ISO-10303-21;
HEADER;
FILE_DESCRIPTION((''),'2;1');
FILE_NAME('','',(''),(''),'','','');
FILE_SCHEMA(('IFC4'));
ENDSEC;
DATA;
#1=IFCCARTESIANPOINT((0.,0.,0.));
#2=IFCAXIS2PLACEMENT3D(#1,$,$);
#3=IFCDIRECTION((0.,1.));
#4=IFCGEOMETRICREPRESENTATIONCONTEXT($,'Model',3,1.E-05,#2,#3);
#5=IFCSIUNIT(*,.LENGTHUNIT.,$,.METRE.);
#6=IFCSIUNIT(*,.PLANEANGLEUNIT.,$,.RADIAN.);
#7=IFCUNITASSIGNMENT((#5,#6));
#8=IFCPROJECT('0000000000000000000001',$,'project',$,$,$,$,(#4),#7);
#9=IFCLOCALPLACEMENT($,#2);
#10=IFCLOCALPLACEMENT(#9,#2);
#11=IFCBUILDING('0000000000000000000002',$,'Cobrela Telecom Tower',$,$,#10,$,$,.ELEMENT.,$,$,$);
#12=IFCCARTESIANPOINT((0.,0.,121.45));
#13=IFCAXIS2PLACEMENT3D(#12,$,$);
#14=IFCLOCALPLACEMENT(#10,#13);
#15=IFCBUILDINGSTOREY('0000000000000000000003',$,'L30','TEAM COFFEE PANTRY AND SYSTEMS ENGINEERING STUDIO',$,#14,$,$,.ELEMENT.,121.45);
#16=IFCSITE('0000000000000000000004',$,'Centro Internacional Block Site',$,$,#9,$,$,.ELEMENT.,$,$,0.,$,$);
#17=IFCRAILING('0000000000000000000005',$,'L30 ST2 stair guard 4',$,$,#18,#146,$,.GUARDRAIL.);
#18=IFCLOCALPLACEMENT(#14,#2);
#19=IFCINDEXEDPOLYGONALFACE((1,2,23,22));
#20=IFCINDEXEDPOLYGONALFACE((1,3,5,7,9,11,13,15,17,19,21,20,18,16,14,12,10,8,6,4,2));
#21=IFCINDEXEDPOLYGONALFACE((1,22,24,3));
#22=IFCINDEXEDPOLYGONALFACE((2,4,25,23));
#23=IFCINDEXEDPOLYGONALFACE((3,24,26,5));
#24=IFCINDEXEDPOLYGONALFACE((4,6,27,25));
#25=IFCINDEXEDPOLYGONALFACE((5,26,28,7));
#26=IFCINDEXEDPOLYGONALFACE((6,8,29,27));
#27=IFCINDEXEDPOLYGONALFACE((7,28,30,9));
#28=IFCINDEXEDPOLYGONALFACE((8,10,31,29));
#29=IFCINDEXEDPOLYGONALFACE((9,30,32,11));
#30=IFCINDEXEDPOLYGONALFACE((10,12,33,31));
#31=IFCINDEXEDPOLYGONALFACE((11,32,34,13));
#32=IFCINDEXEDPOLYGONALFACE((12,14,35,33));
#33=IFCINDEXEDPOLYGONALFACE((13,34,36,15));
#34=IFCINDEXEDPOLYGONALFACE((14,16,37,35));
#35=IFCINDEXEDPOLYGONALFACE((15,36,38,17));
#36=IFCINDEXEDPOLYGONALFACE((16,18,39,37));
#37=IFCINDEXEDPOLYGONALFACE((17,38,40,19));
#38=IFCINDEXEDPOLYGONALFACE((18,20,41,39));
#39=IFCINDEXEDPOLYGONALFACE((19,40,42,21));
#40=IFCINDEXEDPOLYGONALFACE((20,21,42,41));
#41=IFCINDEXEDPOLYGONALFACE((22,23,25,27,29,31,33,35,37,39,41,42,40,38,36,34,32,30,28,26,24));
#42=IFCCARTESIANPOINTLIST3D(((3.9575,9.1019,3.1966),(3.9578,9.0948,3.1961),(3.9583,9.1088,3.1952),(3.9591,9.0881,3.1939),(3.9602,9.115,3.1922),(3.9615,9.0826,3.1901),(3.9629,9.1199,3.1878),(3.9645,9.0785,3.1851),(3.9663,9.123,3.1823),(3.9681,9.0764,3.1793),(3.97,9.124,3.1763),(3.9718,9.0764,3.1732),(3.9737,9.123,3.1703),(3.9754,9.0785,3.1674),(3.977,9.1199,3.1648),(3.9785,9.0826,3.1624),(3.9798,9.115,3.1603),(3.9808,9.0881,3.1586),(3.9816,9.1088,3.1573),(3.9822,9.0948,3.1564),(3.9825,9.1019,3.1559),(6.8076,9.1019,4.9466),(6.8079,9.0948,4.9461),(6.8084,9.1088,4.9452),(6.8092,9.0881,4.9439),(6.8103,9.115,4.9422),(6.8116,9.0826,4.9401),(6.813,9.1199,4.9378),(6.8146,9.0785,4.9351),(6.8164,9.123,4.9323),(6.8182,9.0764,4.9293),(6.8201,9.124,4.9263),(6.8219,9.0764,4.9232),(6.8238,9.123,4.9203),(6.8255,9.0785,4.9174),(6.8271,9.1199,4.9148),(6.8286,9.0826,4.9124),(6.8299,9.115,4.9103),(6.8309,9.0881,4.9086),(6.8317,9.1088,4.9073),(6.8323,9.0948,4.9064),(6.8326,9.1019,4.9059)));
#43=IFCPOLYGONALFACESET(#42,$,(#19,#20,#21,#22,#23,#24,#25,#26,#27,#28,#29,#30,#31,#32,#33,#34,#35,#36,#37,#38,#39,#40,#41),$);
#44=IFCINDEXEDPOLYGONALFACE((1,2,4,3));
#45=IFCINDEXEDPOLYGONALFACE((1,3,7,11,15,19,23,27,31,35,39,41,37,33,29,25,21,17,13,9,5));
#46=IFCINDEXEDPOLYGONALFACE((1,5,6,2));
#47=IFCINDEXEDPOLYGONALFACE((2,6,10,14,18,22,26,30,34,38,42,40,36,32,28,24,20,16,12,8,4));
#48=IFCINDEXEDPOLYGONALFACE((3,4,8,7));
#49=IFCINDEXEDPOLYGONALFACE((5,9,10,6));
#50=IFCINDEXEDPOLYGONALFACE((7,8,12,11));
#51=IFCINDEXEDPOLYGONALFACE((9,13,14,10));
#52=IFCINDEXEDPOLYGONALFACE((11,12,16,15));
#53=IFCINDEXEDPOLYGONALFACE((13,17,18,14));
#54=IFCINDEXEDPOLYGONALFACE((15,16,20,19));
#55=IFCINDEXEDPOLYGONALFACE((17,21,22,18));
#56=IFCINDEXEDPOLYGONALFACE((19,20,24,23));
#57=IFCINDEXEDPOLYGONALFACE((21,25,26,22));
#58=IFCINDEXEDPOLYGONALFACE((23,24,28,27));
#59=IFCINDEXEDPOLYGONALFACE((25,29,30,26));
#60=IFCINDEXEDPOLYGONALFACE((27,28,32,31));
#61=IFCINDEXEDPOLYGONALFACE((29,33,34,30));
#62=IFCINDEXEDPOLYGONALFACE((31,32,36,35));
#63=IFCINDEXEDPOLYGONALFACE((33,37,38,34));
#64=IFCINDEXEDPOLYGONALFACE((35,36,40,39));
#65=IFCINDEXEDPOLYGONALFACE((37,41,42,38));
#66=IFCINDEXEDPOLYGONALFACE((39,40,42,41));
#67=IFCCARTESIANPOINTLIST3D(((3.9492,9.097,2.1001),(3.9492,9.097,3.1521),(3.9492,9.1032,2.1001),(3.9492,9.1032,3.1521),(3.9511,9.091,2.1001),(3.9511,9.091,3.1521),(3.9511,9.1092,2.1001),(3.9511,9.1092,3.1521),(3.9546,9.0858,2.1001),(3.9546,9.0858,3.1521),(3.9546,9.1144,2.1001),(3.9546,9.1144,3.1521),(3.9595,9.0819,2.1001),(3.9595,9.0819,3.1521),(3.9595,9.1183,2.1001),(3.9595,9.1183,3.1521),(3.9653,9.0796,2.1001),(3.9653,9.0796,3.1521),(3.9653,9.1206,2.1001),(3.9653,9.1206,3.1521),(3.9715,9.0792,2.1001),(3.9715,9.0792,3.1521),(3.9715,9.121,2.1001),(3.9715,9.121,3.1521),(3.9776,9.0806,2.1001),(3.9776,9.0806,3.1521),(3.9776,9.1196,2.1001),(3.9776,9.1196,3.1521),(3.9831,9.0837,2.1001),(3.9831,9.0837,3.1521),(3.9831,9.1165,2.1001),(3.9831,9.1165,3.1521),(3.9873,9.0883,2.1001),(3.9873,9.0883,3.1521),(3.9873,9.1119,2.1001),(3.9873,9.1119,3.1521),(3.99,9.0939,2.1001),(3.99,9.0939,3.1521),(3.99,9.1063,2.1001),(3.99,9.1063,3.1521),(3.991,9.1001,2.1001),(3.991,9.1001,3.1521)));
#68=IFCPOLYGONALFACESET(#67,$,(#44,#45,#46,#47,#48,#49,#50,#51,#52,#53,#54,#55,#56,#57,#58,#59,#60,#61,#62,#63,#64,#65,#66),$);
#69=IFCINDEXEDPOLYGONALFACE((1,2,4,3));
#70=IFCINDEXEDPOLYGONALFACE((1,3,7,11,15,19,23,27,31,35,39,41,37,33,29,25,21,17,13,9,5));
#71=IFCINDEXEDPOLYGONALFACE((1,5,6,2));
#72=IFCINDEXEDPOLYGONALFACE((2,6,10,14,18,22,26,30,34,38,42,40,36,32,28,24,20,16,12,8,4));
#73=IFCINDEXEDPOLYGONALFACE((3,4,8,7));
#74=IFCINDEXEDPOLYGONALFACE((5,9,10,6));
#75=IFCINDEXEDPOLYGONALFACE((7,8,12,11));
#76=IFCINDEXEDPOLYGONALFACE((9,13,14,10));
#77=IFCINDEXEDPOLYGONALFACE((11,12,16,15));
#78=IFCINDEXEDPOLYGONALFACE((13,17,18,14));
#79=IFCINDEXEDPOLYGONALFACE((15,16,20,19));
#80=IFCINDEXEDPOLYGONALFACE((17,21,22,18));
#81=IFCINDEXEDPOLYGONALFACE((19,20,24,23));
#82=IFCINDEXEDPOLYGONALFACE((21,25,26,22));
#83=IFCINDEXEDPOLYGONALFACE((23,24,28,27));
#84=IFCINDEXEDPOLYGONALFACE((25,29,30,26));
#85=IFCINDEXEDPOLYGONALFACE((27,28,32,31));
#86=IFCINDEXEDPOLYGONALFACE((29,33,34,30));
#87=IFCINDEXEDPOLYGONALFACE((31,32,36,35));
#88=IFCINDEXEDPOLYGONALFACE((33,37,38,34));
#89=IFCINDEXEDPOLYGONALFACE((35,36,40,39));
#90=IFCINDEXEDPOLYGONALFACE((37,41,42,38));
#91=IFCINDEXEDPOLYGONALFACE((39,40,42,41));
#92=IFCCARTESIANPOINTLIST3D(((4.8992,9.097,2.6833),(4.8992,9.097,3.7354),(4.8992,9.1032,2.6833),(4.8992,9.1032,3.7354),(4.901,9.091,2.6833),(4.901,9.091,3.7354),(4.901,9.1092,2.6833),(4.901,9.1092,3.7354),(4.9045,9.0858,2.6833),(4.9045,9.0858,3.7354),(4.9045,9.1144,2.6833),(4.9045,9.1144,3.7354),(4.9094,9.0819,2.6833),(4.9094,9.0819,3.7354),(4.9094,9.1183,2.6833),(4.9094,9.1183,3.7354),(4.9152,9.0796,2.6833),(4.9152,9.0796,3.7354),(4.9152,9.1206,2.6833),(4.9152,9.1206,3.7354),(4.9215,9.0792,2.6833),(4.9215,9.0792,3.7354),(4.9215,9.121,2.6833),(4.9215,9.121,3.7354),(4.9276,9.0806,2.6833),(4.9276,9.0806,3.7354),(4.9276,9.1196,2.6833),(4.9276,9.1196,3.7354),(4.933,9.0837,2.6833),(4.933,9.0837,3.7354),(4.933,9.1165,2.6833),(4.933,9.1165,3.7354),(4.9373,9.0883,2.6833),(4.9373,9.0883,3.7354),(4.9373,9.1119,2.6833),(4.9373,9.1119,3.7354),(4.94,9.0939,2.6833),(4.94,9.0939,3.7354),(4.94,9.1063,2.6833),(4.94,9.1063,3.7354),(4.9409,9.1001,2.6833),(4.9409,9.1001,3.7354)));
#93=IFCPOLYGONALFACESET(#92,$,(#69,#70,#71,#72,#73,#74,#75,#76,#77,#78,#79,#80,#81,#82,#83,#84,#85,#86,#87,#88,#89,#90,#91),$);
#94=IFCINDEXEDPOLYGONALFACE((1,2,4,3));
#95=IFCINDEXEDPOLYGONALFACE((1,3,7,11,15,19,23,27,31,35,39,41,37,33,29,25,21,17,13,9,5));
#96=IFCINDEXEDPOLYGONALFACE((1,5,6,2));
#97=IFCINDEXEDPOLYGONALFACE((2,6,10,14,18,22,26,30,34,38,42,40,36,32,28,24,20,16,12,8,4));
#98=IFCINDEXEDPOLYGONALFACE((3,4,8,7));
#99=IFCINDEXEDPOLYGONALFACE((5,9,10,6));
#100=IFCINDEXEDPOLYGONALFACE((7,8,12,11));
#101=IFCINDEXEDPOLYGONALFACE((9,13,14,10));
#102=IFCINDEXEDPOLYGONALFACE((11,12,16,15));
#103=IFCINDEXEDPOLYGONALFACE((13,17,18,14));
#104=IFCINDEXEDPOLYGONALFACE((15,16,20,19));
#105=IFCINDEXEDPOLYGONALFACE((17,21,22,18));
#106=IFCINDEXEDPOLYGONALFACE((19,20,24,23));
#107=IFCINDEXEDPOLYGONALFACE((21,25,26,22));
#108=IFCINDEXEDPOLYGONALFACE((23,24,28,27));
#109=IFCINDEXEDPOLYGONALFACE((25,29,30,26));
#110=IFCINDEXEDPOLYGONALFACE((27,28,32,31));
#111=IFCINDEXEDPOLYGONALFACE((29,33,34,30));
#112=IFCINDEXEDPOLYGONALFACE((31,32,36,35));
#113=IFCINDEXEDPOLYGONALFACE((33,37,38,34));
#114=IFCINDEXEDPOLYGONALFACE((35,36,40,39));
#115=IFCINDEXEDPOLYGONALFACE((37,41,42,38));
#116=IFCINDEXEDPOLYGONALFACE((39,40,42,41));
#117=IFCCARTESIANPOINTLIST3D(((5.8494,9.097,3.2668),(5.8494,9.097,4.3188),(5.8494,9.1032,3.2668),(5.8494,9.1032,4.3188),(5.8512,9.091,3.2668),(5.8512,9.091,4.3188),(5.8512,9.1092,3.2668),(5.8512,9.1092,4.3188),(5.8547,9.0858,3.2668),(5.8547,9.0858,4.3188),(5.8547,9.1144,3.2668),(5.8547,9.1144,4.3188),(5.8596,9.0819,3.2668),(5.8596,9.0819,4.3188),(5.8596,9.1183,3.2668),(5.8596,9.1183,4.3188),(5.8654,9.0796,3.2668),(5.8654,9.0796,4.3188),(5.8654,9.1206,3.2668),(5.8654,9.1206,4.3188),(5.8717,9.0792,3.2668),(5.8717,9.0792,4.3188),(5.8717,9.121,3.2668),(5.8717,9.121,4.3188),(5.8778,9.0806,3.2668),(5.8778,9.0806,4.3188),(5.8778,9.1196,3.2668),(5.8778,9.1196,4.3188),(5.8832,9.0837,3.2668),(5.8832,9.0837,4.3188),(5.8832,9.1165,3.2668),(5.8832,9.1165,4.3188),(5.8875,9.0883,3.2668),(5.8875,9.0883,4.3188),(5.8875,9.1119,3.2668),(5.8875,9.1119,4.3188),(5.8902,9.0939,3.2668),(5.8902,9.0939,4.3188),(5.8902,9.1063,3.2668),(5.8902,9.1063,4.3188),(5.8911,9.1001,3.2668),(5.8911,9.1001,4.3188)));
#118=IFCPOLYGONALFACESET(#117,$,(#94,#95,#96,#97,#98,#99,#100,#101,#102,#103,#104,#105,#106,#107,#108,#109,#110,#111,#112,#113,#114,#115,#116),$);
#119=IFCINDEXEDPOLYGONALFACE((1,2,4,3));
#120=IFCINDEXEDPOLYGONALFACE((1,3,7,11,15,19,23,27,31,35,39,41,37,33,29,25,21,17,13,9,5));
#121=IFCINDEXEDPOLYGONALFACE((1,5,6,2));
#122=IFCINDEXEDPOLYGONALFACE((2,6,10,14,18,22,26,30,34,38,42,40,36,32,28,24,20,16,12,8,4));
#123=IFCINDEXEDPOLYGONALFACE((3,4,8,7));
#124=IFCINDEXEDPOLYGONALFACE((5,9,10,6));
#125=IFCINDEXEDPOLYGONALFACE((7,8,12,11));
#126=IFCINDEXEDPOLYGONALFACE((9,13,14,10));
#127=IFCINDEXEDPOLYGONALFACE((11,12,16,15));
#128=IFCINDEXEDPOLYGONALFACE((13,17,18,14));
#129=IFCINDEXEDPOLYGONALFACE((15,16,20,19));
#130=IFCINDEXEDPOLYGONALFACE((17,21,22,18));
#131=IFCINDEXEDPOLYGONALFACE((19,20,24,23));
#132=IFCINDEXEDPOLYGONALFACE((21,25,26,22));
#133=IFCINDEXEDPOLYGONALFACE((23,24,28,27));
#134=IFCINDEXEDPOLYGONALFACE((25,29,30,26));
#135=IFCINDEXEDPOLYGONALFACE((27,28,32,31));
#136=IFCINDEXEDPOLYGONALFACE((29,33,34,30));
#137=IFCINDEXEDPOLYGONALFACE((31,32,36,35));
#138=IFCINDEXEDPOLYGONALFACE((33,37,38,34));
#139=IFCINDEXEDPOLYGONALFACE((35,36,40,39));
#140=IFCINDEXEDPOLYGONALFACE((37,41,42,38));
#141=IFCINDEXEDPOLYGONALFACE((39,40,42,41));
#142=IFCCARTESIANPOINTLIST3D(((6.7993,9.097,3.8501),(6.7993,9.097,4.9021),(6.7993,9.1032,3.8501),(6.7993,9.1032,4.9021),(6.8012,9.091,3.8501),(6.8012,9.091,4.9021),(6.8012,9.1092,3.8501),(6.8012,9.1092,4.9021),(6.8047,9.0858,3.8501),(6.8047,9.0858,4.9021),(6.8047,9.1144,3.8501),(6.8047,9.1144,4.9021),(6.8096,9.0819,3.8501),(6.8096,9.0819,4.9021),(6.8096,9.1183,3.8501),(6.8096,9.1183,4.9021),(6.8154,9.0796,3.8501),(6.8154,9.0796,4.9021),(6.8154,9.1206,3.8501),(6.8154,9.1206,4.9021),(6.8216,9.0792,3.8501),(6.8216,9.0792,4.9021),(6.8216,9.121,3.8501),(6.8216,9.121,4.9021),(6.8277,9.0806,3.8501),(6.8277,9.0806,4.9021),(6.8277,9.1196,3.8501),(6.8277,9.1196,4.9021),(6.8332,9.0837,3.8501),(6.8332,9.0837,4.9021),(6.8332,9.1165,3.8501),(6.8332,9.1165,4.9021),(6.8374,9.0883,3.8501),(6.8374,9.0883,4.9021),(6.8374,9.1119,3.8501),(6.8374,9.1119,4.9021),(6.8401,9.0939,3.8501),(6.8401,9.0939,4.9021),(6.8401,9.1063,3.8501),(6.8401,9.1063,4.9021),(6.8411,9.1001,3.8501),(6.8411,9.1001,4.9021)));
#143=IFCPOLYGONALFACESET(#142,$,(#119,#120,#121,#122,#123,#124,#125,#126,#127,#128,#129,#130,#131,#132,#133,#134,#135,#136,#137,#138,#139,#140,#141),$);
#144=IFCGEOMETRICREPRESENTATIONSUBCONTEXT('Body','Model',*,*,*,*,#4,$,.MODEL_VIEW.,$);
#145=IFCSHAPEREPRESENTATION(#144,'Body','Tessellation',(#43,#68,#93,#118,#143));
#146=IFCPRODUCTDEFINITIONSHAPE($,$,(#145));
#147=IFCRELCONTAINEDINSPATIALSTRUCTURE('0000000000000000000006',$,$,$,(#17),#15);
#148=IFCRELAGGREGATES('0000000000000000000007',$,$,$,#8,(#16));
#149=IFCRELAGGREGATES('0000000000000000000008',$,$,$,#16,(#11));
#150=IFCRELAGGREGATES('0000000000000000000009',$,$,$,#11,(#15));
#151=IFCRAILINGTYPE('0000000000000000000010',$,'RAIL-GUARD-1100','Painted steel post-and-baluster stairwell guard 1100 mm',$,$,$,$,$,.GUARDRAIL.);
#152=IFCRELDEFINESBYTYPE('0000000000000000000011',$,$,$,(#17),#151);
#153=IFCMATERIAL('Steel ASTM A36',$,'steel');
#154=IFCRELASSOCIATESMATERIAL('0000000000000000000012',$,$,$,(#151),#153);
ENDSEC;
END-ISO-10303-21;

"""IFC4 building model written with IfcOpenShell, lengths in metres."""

from ifc_helpers import new_model, si_unit, direction, frame, origin, origin_2d, place, context, subcontext, project, spatial, circle, extrude, material, type_object, element, save


model = new_model("IFC4")

# Units and contexts
model_context = context("Model", 3, precision=1e-05, world=origin(), true_north=direction((0.0, 1.0)))
body_context = subcontext(model_context, "Body", "Model", "MODEL_VIEW")
ifc_project = project(units=[si_unit("LENGTHUNIT", "METRE"), si_unit("PLANEANGLEUNIT", "RADIAN")], contexts=[model_context])

# Site, building, storey
site_placement = place(None, origin())
site = spatial("IfcSite", under=ifc_project, at=site_placement, Name="Centro Internacional Block Site", CompositionType="ELEMENT", RefElevation=0.0)
building_placement = place(site_placement, origin())
building = spatial("IfcBuilding", under=site, at=building_placement, Name="Cobrela Telecom Tower", CompositionType="ELEMENT")
storey_placement = place(building_placement, frame((0.0, 0.0, 121.45)))
storey = spatial("IfcBuildingStorey", under=building, at=storey_placement, Name="L30", Description="TEAM COFFEE PANTRY AND SYSTEMS ENGINEERING STUDIO", CompositionType="ELEMENT", Elevation=121.45)

# Railing
ifc_material_1 = material(Name="Steel ASTM A36", Category="steel")
railing_type_1 = type_object("IfcRailingType", Name="RAIL-GUARD-1100", Description="Painted steel post-and-baluster stairwell guard 1100 mm", PredefinedType="GUARDRAIL", material=ifc_material_1)
railing_1_placement = place(storey_placement, frame((3.97, 9.1001, 2.1001)))
element("IfcRailing", 1, at=railing_1_placement, inside=storey, type_object=railing_type_1, Name="L30 ST2 stair guard 4", PredefinedType="GUARDRAIL", context=body_context, shape_type="SweptSolid", body=[
    extrude(circle(Radius=0.0239, at=origin_2d()), frame((0.0, 0.0, 1.0762), z_axis=(0.852179, 0.0, 0.52325), x_axis=(0.0, 1.0, 0.0)), (0.0, 0.0, 1.0), 3.3445),
    extrude(circle(Radius=0.021, at=origin_2d()), origin(), (0.0, 0.0, 1.0), 1.052),
    extrude(circle(Radius=0.021, at=origin_2d()), frame((0.95, 0.0, 0.5833)), (0.0, 0.0, 1.0), 1.052),
    extrude(circle(Radius=0.021, at=origin_2d()), frame((1.9001, 0.0, 1.1667)), (0.0, 0.0, 1.0), 1.052),
    extrude(circle(Radius=0.021, at=origin_2d()), frame((2.8501, 0.0, 1.75)), (0.0, 0.0, 1.0), 1.052),
])

save(model, "model.ifc")
